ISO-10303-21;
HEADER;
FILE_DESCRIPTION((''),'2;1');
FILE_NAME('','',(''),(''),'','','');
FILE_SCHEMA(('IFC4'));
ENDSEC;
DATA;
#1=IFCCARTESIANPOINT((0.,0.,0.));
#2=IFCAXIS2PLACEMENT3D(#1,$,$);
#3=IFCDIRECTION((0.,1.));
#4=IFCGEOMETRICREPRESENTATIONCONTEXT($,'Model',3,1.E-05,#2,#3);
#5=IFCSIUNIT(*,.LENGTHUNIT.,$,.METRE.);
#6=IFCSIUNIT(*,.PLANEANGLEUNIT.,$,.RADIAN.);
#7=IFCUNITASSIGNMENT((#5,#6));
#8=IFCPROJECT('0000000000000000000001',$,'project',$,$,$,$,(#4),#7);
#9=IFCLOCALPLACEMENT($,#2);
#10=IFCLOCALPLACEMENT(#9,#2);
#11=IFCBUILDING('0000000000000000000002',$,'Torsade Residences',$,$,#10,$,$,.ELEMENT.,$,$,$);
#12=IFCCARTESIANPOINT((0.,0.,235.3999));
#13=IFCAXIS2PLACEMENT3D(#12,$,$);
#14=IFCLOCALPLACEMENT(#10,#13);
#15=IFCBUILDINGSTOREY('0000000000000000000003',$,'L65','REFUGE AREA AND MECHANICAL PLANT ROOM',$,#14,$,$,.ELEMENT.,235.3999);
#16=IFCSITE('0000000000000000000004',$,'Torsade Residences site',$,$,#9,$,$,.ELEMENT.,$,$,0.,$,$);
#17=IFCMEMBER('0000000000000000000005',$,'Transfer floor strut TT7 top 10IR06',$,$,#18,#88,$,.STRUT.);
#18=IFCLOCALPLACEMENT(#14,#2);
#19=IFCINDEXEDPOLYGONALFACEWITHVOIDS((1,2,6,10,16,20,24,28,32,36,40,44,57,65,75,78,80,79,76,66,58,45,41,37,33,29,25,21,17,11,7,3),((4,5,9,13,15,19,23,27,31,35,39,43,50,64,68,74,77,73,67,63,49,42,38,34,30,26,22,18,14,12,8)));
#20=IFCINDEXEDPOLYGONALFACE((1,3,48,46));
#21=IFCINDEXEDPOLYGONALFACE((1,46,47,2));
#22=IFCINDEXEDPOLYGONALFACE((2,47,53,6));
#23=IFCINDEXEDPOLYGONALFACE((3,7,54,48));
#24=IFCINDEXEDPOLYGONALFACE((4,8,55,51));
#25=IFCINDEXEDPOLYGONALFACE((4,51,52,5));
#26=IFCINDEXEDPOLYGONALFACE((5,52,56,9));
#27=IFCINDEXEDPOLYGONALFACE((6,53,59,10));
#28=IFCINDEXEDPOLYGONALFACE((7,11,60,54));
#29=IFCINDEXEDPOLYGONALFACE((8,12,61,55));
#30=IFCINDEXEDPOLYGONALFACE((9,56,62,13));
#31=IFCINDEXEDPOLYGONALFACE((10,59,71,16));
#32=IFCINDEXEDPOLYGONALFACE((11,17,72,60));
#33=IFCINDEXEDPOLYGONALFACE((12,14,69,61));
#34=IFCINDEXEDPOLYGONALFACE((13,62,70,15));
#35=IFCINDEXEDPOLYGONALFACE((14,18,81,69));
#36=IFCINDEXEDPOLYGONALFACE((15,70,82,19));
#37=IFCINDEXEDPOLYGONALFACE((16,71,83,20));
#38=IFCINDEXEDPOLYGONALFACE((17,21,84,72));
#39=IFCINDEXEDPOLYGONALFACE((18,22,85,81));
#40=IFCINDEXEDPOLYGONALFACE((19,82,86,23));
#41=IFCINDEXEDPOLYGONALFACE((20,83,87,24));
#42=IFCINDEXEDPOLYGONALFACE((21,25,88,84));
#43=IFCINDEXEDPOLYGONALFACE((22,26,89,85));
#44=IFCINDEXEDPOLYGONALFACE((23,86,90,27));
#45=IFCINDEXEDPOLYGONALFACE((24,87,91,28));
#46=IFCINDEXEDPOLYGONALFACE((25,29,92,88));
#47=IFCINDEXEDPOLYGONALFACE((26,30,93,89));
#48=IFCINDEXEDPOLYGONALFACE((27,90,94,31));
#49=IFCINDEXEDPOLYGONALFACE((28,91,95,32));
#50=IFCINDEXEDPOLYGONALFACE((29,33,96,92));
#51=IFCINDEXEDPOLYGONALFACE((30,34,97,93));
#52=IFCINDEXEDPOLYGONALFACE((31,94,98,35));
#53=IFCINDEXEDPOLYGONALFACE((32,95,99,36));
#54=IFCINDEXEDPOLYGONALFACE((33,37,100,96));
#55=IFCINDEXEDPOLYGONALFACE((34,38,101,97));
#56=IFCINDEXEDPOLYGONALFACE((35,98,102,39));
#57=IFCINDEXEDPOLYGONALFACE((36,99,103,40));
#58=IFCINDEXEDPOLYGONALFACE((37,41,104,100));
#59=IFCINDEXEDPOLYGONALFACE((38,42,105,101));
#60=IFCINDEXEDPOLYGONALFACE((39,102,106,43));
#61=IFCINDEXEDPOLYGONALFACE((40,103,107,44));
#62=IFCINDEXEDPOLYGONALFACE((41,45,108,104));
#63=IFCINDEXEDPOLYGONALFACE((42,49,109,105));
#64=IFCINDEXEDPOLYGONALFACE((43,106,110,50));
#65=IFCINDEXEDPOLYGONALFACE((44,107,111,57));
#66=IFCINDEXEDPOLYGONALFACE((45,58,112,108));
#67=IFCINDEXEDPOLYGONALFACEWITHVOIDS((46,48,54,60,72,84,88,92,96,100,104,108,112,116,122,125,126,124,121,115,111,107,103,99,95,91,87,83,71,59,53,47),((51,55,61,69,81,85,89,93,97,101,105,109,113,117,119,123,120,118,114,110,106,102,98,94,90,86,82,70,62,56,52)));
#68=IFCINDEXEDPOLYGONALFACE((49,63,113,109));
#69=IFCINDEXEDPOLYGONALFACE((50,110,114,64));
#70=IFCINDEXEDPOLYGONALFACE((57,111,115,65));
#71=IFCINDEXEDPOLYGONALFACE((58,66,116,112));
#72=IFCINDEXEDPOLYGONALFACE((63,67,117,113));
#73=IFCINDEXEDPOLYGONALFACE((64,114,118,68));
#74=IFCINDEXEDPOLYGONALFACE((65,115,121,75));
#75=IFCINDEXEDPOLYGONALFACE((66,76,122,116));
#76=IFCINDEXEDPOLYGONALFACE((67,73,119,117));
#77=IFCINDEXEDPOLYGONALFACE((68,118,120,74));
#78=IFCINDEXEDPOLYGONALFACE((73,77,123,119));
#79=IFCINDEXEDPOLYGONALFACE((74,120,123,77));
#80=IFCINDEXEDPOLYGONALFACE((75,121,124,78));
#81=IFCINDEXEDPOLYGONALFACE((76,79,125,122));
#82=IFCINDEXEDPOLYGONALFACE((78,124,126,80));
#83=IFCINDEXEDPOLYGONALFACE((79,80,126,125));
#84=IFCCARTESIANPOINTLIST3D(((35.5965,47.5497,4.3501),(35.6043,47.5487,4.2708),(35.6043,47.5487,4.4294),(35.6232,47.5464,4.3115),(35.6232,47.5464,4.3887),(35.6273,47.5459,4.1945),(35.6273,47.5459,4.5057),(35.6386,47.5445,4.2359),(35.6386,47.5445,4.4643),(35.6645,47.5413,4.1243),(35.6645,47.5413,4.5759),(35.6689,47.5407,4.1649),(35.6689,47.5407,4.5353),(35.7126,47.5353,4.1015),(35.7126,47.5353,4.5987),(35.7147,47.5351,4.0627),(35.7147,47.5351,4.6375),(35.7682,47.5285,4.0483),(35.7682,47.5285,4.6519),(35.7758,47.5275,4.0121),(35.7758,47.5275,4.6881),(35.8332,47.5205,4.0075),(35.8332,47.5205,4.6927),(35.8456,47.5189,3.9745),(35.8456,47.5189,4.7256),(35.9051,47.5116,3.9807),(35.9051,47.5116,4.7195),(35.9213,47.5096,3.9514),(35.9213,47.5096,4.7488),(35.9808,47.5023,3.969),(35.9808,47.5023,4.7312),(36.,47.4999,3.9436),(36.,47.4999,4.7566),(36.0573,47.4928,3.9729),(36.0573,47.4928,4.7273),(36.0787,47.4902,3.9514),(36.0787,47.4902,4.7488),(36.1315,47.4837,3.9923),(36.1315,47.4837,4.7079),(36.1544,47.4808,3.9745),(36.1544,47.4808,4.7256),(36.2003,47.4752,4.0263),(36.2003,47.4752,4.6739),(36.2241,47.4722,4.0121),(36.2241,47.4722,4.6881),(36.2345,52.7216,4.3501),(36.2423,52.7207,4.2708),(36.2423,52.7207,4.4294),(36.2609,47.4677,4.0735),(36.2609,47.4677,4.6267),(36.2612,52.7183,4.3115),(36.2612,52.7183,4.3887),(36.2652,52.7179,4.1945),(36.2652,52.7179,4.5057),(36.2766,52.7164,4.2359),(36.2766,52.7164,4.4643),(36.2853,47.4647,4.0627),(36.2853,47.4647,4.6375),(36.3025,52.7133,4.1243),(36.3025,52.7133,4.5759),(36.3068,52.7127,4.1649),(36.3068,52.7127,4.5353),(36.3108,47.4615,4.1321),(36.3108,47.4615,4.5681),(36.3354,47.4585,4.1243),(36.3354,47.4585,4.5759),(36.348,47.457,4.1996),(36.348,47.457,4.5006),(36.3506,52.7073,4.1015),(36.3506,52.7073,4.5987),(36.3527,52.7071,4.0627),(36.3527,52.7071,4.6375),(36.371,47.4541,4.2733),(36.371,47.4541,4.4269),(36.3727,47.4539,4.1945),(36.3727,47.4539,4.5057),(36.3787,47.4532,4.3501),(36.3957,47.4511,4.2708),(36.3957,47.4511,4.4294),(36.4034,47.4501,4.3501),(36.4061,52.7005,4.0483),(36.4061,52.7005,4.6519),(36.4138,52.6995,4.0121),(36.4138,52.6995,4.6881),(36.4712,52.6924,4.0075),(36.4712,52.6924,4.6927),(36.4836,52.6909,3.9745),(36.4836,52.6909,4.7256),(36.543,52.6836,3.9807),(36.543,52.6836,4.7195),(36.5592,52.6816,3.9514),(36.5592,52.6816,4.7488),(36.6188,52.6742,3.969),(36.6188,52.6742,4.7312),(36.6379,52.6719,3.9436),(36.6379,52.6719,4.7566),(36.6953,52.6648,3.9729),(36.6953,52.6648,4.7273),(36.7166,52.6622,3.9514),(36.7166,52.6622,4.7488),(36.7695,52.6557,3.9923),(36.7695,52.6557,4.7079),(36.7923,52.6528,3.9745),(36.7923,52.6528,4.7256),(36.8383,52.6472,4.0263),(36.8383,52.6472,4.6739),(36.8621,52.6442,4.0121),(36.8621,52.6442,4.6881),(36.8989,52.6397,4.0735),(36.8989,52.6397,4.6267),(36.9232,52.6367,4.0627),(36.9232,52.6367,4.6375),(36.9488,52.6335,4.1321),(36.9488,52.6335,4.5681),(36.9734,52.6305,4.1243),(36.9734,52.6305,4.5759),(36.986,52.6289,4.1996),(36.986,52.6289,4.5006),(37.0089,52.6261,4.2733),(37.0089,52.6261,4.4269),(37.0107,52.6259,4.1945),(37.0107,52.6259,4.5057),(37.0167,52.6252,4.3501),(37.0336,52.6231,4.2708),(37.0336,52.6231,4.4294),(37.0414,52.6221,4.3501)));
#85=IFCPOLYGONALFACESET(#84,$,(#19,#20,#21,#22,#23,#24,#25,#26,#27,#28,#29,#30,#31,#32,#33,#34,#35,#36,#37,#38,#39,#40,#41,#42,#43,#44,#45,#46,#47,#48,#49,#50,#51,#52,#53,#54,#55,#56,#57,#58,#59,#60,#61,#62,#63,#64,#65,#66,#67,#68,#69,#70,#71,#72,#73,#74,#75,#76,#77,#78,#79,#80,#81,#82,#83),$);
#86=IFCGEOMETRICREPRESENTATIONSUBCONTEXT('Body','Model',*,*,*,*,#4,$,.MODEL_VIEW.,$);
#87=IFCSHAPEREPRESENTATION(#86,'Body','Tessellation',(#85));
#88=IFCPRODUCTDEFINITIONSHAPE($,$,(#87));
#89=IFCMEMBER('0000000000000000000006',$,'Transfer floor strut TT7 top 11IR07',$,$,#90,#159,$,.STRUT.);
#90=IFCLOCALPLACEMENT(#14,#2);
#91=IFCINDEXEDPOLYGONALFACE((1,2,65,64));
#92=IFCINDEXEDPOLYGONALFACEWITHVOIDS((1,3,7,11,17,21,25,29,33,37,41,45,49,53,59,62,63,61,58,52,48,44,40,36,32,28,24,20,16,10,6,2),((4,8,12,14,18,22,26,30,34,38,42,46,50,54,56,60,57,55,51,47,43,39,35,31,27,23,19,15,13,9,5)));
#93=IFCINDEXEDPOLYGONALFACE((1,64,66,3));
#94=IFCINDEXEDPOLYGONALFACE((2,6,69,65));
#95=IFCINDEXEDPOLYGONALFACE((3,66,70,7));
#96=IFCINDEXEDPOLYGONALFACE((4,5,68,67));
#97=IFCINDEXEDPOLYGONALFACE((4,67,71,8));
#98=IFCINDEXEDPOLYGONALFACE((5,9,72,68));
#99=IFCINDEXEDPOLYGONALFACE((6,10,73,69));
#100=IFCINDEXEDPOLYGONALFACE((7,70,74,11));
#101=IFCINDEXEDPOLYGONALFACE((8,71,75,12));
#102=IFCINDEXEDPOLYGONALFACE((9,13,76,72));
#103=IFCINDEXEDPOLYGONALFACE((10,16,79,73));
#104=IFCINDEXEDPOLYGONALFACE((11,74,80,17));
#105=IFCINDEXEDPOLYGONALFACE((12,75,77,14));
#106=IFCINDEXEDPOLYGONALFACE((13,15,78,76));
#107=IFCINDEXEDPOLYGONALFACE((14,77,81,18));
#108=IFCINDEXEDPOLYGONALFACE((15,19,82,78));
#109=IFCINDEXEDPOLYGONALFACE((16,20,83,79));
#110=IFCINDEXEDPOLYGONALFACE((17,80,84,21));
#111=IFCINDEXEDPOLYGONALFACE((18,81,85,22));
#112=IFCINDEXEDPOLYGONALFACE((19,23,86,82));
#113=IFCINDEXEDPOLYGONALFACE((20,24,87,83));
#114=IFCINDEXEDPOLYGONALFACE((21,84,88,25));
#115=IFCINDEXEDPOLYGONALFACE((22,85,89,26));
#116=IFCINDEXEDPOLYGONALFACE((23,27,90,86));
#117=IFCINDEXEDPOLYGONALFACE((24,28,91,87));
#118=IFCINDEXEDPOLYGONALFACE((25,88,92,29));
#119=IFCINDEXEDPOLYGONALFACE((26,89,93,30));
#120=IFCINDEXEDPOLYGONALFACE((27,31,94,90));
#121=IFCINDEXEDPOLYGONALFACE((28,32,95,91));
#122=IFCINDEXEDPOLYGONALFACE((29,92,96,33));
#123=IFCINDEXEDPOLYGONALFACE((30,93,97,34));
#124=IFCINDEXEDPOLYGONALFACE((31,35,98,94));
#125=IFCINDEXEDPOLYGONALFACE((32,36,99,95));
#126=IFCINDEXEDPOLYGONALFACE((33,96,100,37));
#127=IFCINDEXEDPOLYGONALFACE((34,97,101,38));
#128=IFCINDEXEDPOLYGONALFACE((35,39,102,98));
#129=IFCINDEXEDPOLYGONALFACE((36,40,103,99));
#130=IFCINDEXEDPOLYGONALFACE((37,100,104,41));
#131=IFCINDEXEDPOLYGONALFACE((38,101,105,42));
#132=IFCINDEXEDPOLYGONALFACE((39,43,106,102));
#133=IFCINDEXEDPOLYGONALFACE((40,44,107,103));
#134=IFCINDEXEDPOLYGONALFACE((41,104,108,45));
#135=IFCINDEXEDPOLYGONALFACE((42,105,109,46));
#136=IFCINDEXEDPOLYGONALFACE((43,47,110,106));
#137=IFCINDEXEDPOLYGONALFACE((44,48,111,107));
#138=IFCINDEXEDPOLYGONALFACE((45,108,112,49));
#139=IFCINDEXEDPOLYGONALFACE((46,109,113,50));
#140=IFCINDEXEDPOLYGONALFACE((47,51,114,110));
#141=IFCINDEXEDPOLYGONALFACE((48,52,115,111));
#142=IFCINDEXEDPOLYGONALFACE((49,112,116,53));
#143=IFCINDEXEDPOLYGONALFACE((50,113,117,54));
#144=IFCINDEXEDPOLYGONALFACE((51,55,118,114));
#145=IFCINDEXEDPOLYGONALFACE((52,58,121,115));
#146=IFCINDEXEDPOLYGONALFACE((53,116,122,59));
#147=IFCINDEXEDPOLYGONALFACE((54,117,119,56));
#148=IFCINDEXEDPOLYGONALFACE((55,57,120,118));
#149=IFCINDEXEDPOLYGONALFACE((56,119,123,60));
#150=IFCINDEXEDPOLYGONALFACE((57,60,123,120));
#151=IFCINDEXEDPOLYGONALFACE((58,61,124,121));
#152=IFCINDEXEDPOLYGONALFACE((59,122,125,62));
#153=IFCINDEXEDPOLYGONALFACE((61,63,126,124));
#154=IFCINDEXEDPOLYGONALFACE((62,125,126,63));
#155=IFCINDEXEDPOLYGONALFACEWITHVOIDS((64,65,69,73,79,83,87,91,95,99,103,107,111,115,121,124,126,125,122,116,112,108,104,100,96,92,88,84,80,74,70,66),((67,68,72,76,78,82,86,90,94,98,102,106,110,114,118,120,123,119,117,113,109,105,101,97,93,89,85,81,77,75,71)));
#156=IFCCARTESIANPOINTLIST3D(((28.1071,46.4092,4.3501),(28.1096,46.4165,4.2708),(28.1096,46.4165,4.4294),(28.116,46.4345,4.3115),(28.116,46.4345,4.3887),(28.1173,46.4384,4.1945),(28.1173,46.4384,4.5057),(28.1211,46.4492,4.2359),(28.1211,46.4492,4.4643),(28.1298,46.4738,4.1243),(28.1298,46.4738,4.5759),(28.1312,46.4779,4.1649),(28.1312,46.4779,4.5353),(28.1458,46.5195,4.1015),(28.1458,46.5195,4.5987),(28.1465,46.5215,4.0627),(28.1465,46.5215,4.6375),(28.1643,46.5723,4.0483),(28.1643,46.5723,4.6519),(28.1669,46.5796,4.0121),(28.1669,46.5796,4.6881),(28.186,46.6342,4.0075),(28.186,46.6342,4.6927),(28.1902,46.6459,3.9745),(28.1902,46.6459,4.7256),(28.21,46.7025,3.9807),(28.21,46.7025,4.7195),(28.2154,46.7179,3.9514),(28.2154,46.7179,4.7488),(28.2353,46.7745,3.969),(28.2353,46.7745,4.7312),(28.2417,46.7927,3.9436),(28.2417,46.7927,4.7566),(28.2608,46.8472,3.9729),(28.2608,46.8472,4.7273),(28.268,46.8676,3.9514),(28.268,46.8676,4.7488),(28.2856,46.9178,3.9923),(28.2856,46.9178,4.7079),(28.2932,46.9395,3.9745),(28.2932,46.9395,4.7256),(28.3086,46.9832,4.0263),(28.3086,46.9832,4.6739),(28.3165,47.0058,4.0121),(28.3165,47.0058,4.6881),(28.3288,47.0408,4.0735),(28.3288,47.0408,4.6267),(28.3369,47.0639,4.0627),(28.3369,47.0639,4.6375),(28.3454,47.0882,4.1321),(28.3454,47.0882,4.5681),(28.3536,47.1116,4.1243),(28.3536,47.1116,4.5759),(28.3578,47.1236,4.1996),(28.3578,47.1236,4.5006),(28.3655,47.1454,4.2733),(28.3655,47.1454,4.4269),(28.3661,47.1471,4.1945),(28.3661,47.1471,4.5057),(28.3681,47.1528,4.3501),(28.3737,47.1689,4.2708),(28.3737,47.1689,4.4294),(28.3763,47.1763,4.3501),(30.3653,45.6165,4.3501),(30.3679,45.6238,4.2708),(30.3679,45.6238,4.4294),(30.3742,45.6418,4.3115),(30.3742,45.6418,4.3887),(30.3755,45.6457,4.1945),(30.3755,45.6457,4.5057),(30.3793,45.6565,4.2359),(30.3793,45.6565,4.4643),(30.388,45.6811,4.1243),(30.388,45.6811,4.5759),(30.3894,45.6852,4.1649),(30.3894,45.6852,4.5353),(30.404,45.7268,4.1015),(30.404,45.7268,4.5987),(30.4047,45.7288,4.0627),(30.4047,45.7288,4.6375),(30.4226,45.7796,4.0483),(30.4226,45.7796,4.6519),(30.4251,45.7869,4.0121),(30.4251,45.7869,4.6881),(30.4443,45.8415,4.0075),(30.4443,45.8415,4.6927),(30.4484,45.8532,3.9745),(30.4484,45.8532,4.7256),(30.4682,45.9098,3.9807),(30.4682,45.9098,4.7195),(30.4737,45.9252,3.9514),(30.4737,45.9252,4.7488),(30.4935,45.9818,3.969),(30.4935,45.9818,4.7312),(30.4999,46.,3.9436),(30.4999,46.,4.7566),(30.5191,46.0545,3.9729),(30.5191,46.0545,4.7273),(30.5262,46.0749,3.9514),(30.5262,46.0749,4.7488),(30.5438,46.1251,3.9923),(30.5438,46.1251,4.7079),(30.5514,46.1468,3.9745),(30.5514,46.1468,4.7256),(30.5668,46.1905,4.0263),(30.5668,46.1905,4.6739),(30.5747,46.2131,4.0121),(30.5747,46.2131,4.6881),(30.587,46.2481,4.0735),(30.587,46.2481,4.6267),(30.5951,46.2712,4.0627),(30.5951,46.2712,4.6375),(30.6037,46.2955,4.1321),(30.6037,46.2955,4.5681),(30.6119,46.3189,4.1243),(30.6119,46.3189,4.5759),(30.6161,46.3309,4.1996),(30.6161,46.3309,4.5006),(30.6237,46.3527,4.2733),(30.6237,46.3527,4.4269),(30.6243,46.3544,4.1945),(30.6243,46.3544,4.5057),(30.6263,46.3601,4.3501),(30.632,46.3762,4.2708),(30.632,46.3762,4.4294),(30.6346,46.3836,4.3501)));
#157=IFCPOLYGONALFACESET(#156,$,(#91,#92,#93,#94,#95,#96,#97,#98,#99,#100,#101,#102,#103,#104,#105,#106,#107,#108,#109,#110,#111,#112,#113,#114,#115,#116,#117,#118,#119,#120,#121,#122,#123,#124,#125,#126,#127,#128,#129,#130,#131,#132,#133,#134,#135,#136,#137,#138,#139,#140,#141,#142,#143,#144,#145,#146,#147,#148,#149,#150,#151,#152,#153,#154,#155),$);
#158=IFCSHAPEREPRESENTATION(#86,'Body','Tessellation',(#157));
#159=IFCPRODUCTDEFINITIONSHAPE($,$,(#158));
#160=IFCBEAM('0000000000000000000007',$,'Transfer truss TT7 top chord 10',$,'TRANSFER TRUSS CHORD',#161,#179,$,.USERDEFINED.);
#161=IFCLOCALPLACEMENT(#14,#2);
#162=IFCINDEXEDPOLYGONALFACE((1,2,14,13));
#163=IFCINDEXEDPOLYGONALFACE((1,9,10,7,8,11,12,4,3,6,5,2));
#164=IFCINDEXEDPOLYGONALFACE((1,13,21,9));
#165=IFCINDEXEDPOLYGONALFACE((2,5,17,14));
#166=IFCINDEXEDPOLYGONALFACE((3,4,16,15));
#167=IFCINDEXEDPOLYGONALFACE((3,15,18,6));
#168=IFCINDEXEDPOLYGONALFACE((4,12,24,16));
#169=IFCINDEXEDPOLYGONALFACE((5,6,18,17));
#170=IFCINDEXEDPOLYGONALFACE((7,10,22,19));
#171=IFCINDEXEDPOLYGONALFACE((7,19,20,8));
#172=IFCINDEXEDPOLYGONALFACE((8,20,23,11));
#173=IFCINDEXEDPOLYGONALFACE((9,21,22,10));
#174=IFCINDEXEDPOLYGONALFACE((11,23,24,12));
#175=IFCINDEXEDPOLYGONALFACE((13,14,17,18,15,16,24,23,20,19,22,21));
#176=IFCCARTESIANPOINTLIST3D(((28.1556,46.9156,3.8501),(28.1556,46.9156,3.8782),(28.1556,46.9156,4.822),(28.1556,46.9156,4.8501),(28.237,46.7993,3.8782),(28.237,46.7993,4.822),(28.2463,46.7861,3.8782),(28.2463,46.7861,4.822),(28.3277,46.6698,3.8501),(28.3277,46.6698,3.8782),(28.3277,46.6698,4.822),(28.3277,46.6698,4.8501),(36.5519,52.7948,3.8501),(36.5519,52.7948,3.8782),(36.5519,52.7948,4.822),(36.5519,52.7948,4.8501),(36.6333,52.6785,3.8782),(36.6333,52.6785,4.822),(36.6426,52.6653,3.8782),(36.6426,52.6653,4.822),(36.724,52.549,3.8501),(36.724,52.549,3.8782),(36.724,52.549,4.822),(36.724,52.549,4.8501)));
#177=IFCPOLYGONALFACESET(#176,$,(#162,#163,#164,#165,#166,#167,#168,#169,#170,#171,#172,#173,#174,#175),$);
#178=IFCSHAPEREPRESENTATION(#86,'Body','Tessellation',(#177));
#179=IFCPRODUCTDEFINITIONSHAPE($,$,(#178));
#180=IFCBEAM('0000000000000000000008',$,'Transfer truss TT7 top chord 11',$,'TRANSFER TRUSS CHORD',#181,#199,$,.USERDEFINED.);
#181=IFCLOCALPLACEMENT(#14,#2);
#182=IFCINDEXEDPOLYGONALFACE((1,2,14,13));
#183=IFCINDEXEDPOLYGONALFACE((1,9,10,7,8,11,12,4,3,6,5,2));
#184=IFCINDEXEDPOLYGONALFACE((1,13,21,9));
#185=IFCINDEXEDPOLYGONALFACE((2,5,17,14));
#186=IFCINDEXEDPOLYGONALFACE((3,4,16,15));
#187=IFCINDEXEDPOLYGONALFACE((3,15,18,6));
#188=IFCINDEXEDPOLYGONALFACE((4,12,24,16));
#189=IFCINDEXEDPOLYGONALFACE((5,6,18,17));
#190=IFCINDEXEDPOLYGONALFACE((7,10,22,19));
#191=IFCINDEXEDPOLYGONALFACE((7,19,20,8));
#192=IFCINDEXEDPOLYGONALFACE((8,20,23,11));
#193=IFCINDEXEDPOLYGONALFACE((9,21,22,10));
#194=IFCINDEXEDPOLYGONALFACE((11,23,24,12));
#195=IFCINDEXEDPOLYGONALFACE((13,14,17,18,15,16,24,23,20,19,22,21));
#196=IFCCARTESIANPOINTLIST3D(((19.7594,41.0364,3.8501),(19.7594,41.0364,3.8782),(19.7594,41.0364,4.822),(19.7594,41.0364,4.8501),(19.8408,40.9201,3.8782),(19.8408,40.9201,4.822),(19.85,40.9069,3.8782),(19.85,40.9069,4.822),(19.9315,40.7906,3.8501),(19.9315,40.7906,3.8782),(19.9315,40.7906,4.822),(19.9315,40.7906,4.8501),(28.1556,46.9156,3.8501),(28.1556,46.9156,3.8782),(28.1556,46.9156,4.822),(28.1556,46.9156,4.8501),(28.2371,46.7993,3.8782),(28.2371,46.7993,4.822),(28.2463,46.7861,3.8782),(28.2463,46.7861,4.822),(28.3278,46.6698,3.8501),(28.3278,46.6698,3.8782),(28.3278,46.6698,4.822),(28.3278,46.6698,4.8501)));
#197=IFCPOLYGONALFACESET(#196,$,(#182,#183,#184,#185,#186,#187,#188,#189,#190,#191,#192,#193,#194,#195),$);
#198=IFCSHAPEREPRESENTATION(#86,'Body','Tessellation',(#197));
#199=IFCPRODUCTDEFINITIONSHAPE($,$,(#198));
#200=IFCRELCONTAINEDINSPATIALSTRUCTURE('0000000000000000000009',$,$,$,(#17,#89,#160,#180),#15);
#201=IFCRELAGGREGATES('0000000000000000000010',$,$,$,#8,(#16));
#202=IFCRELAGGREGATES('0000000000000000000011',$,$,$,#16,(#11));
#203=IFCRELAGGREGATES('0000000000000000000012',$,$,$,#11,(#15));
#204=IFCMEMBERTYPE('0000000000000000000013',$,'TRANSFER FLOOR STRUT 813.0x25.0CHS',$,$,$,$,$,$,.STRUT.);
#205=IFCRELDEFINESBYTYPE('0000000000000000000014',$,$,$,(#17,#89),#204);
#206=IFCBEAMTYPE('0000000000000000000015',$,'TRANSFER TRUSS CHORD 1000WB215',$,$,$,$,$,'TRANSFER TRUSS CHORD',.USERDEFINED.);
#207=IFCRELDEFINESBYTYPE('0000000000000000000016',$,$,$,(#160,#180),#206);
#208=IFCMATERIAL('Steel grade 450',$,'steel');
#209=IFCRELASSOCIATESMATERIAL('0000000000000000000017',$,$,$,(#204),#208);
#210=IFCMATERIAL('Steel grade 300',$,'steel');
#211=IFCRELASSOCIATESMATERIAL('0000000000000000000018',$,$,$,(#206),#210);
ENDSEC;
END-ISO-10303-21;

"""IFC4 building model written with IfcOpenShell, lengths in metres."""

from ifc_helpers import new_model, si_unit, direction, frame, origin, origin_2d, place, context, subcontext, project, spatial, hollow_circle, i_section, extrude, material, material_profile, profile_set, type_object, element, save


model = new_model("IFC4")

# Units and contexts
model_context = context("Model", 3, precision=1e-05, world=origin(), true_north=direction((0.0, 1.0)))
body_context = subcontext(model_context, "Body", "Model", "MODEL_VIEW")
ifc_project = project(units=[si_unit("LENGTHUNIT", "METRE"), si_unit("PLANEANGLEUNIT", "RADIAN")], contexts=[model_context])

# Site, building, storey
site_placement = place(None, origin())
site = spatial("IfcSite", under=ifc_project, at=site_placement, Name="Torsade Residences site", CompositionType="ELEMENT", RefElevation=0.0)
building_placement = place(site_placement, origin())
building = spatial("IfcBuilding", under=site, at=building_placement, Name="Torsade Residences", CompositionType="ELEMENT")
storey_placement = place(building_placement, frame((0.0, 0.0, 235.3999)))
storey = spatial("IfcBuildingStorey", under=building, at=storey_placement, Name="L65", Description="REFUGE AREA AND MECHANICAL PLANT ROOM", CompositionType="ELEMENT", Elevation=235.3999)

# Members
ifc_material_1 = material(Name="Steel grade 450", Category="steel")
ifc_material_profile_1 = material_profile(ifc_material_1, hollow_circle(Radius=0.4065, WallThickness=0.0249, at=origin_2d()), Name="813.0x25.0CHS")
ifc_profile_set_1 = profile_set([ifc_material_profile_1], Name="Steel grade 450")
member_type_1 = type_object("IfcMemberType", Name="TRANSFER FLOOR STRUT 813.0x25.0CHS", PredefinedType="STRUT", material=ifc_profile_set_1)
member_1_placement = place(storey_placement, frame((36.6379, 52.6719, 4.3501), z_axis=(-0.12242, -0.992478, 0.0), x_axis=(0.992478, -0.12242, 0.0)))
element("IfcMember", 1, at=member_1_placement, inside=storey, type_object=member_type_1, Name="Transfer floor strut TT7 top 10IR06", PredefinedType="STRUT", context=body_context, shape_type="SweptSolid", body=[
    extrude(hollow_circle(Radius=0.4065, WallThickness=0.0249, at=origin_2d()), origin(), (0.0, 0.0, 1.0), 5.2112),
])
member_2_placement = place(storey_placement, frame((28.2417, 46.7927, 4.3501), z_axis=(0.943556, -0.331214, 0.0), x_axis=(0.331214, 0.943556, 0.0)))
element("IfcMember", 2, at=member_2_placement, inside=storey, type_object=member_type_1, Name="Transfer floor strut TT7 top 11IR07", PredefinedType="STRUT", context=body_context, shape_type="SweptSolid", body=[
    extrude(hollow_circle(Radius=0.4065, WallThickness=0.0249, at=origin_2d()), origin(), (0.0, 0.0, 1.0), 2.3933),
])

# Beams
ifc_material_2 = material(Name="Steel grade 300", Category="steel")
ifc_material_profile_2 = material_profile(ifc_material_2, i_section(OverallWidth=0.3, OverallDepth=1.0, WebThickness=0.0161, FlangeThickness=0.0281, at=origin_2d()), Name="1000WB215")
ifc_profile_set_2 = profile_set([ifc_material_profile_2], Name="Steel grade 300")
beam_type_1 = type_object("IfcBeamType", Name="TRANSFER TRUSS CHORD 1000WB215", ElementType="TRANSFER TRUSS CHORD", PredefinedType="USERDEFINED", material=ifc_profile_set_2)
for number, where, z_axis, x_axis, name in (
    (3, (36.6379, 52.6719, 4.3501), (-0.81915, -0.573579, 0.0), (0.573579, -0.81915, 0.0), "Transfer truss TT7 top chord 10"),
    (4, (28.2417, 46.7927, 4.3501), (-0.81915, -0.573579, 0.0), (0.573579, -0.81915, 0.0), "Transfer truss TT7 top chord 11"),
):
    element("IfcBeam", number, at=place(storey_placement, frame(where, z_axis=z_axis, x_axis=x_axis)), inside=storey, type_object=beam_type_1, Name=name, ObjectType="TRANSFER TRUSS CHORD", PredefinedType="USERDEFINED", context=body_context, shape_type="SweptSolid", body=[
        extrude(i_section(OverallWidth=0.3, OverallDepth=1.0, WebThickness=0.0161, FlangeThickness=0.0281, at=origin_2d()), origin(), (0.0, 0.0, 1.0), 10.25),
    ])

save(model, "model.ifc")
